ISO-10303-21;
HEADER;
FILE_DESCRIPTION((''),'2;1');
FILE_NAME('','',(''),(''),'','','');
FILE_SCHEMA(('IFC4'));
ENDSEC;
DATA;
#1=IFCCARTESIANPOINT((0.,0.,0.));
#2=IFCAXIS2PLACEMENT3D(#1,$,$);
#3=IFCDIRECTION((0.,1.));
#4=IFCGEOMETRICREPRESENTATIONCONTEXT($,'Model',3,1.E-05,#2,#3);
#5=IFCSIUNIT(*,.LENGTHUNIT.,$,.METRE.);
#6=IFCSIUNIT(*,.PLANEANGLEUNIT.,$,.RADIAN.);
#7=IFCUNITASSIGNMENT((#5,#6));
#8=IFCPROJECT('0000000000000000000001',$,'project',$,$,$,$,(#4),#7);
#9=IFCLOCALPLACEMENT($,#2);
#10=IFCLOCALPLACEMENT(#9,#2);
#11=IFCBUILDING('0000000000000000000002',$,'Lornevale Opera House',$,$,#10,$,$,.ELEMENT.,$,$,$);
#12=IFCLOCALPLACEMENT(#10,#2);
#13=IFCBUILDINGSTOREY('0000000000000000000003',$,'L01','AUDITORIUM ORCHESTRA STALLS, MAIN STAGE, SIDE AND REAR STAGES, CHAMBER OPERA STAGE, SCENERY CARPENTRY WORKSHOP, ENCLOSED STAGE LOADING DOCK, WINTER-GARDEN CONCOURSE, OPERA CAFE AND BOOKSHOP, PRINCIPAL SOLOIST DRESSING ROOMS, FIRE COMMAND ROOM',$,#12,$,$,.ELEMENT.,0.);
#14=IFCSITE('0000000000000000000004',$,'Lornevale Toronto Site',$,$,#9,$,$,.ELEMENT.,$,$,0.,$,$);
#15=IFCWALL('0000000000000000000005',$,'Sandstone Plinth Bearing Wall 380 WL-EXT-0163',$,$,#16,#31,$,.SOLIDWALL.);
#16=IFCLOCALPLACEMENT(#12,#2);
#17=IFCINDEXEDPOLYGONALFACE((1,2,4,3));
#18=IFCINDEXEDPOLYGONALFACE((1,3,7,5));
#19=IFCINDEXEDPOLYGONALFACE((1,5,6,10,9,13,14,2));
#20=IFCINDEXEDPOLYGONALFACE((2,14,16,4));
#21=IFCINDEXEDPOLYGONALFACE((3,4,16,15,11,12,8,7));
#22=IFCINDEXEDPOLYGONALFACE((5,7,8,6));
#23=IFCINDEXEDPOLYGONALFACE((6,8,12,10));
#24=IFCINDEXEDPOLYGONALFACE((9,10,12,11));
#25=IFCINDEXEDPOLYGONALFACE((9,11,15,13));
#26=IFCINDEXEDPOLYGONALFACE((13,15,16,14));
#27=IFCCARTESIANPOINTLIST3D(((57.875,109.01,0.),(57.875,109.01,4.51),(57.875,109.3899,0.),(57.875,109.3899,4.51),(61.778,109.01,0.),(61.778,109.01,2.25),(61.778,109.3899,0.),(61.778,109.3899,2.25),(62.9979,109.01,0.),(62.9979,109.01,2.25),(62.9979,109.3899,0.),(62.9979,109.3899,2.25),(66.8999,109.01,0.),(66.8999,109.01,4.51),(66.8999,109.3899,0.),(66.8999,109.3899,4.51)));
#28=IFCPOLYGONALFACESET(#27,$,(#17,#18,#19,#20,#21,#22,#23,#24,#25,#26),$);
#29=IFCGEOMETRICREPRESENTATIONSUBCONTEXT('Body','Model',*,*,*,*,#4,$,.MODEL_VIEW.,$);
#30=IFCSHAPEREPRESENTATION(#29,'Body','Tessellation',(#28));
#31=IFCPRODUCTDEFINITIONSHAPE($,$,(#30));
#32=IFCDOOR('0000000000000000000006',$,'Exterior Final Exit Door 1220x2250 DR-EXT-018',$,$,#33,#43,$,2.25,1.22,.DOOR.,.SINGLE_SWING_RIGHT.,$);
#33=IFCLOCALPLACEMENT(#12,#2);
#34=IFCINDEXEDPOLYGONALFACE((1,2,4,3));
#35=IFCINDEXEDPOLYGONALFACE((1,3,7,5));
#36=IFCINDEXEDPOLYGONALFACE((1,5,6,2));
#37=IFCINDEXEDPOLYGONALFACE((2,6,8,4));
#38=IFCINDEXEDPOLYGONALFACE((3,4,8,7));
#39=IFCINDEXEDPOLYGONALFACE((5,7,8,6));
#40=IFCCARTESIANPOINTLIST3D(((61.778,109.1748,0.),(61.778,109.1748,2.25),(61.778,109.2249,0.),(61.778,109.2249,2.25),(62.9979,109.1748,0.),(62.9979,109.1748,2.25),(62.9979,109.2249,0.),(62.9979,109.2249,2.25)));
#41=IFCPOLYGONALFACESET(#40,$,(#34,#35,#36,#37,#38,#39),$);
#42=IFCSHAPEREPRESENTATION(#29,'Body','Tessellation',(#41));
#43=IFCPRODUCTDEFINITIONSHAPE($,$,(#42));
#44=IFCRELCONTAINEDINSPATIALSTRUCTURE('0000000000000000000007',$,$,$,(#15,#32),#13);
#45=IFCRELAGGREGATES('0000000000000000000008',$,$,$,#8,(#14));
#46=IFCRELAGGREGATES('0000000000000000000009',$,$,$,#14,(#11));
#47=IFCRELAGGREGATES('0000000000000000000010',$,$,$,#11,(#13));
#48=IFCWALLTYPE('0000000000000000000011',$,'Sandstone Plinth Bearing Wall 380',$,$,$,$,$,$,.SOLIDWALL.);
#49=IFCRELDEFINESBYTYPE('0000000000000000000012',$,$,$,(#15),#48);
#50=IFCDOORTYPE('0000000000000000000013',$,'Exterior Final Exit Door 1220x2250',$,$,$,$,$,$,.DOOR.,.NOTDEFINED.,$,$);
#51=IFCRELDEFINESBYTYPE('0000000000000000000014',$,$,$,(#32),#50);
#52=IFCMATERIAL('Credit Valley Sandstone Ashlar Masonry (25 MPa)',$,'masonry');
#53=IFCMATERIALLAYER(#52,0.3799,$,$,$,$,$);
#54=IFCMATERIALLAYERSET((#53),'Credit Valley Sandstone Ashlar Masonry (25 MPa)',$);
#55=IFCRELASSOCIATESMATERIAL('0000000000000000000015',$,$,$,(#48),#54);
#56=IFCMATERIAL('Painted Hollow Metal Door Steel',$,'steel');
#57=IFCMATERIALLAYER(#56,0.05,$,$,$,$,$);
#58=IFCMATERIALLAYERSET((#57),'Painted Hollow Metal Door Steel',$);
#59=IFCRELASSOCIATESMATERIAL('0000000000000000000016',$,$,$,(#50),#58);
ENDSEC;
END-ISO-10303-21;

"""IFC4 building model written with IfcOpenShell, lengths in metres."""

from ifc_helpers import new_model, si_unit, direction, frame, frame_2d, origin, place, context, subcontext, project, spatial, rectangle, extrude, material, layer, layer_set, type_object, element, fill, save


model = new_model("IFC4")

# Units and contexts
model_context = context("Model", 3, precision=1e-05, world=origin(), true_north=direction((0.0, 1.0)))
body_context = subcontext(model_context, "Body", "Model", "MODEL_VIEW")
ifc_project = project(units=[si_unit("LENGTHUNIT", "METRE"), si_unit("PLANEANGLEUNIT", "RADIAN")], contexts=[model_context])

# Site, building, storey
site_placement = place(None, origin())
site = spatial("IfcSite", under=ifc_project, at=site_placement, Name="Lornevale Toronto Site", CompositionType="ELEMENT", RefElevation=0.0)
building_placement = place(site_placement, origin())
building = spatial("IfcBuilding", under=site, at=building_placement, Name="Lornevale Opera House", CompositionType="ELEMENT")
storey_placement = place(building_placement, origin())
storey = spatial("IfcBuildingStorey", under=building, at=storey_placement, Name="L01", Description="AUDITORIUM ORCHESTRA STALLS, MAIN STAGE, SIDE AND REAR STAGES, CHAMBER OPERA STAGE, SCENERY CARPENTRY WORKSHOP, ENCLOSED STAGE LOADING DOCK, WINTER-GARDEN CONCOURSE, OPERA CAFE AND BOOKSHOP, PRINCIPAL SOLOIST DRESSING ROOMS, FIRE COMMAND ROOM", CompositionType="ELEMENT", Elevation=0.0)

# Wall, opening, door
ifc_material_1 = material(Name="Credit Valley Sandstone Ashlar Masonry (25 MPa)", Category="masonry")
ifc_layer_1 = layer(ifc_material_1, 0.3799)
ifc_layer_set_1 = layer_set([ifc_layer_1], Name="Credit Valley Sandstone Ashlar Masonry (25 MPa)")
wall_type_1 = type_object("IfcWallType", Name="Sandstone Plinth Bearing Wall 380", PredefinedType="SOLIDWALL", material=ifc_layer_set_1)
ifc_material_2 = material(Name="Painted Hollow Metal Door Steel", Category="steel")
wall_1_placement = place(storey_placement, frame((57.875, 109.2, 0.0), z_axis=(0.0, 0.0, 1.0), x_axis=(1.0, 0.0, 0.0)))
wall_1 = element("IfcWall", 1, at=wall_1_placement, inside=storey, type_object=wall_type_1, Name="Sandstone Plinth Bearing Wall 380 WL-EXT-0163", PredefinedType="SOLIDWALL", context=body_context, shape_type="SweptSolid", body=[
    extrude(rectangle(XDim=9.0249, YDim=0.3799, at=frame_2d((4.5125, 0.0))), origin(), (0.0, 0.0, 1.0), 4.51),
])
opening_1_placement = place(wall_1_placement, frame((3.9031, 0.0, 0.0)))
opening_1 = element("IfcOpeningElement", 2, at=opening_1_placement, cuts=wall_1, PredefinedType="OPENING", context=body_context, shape_type="SweptSolid", body=[
    extrude(rectangle(XDim=1.22, YDim=2.25, at=frame_2d((0.6099, 1.125))), frame((0.0, 0.2, 0.0), z_axis=(0.0, -1.0, 0.0), x_axis=(1.0, 0.0, 0.0)), (0.0, 0.0, 1.0), 0.3999),
])
ifc_layer_2 = layer(ifc_material_2, 0.05)
ifc_layer_set_2 = layer_set([ifc_layer_2], Name="Painted Hollow Metal Door Steel")
door_type_1 = type_object("IfcDoorType", Name="Exterior Final Exit Door 1220x2250", OperationType="NOTDEFINED", PredefinedType="DOOR", material=ifc_layer_set_2)
door_1_placement = place(opening_1_placement, origin())
door_1 = element("IfcDoor", 3, at=door_1_placement, inside=storey, type_object=door_type_1, Name="Exterior Final Exit Door 1220x2250 DR-EXT-018", OperationType="SINGLE_SWING_RIGHT", OverallHeight=2.25, OverallWidth=1.22, PredefinedType="DOOR", context=body_context, shape_type="SweptSolid", body=[
    extrude(rectangle(XDim=1.22, YDim=2.25, at=frame_2d((0.6099, 1.125))), frame((0.0, 0.0249, 0.0), z_axis=(0.0, -1.0, 0.0), x_axis=(1.0, 0.0, 0.0)), (0.0, 0.0, 1.0), 0.05),
])
fill(opening_1, door_1)

save(model, "model.ifc")
